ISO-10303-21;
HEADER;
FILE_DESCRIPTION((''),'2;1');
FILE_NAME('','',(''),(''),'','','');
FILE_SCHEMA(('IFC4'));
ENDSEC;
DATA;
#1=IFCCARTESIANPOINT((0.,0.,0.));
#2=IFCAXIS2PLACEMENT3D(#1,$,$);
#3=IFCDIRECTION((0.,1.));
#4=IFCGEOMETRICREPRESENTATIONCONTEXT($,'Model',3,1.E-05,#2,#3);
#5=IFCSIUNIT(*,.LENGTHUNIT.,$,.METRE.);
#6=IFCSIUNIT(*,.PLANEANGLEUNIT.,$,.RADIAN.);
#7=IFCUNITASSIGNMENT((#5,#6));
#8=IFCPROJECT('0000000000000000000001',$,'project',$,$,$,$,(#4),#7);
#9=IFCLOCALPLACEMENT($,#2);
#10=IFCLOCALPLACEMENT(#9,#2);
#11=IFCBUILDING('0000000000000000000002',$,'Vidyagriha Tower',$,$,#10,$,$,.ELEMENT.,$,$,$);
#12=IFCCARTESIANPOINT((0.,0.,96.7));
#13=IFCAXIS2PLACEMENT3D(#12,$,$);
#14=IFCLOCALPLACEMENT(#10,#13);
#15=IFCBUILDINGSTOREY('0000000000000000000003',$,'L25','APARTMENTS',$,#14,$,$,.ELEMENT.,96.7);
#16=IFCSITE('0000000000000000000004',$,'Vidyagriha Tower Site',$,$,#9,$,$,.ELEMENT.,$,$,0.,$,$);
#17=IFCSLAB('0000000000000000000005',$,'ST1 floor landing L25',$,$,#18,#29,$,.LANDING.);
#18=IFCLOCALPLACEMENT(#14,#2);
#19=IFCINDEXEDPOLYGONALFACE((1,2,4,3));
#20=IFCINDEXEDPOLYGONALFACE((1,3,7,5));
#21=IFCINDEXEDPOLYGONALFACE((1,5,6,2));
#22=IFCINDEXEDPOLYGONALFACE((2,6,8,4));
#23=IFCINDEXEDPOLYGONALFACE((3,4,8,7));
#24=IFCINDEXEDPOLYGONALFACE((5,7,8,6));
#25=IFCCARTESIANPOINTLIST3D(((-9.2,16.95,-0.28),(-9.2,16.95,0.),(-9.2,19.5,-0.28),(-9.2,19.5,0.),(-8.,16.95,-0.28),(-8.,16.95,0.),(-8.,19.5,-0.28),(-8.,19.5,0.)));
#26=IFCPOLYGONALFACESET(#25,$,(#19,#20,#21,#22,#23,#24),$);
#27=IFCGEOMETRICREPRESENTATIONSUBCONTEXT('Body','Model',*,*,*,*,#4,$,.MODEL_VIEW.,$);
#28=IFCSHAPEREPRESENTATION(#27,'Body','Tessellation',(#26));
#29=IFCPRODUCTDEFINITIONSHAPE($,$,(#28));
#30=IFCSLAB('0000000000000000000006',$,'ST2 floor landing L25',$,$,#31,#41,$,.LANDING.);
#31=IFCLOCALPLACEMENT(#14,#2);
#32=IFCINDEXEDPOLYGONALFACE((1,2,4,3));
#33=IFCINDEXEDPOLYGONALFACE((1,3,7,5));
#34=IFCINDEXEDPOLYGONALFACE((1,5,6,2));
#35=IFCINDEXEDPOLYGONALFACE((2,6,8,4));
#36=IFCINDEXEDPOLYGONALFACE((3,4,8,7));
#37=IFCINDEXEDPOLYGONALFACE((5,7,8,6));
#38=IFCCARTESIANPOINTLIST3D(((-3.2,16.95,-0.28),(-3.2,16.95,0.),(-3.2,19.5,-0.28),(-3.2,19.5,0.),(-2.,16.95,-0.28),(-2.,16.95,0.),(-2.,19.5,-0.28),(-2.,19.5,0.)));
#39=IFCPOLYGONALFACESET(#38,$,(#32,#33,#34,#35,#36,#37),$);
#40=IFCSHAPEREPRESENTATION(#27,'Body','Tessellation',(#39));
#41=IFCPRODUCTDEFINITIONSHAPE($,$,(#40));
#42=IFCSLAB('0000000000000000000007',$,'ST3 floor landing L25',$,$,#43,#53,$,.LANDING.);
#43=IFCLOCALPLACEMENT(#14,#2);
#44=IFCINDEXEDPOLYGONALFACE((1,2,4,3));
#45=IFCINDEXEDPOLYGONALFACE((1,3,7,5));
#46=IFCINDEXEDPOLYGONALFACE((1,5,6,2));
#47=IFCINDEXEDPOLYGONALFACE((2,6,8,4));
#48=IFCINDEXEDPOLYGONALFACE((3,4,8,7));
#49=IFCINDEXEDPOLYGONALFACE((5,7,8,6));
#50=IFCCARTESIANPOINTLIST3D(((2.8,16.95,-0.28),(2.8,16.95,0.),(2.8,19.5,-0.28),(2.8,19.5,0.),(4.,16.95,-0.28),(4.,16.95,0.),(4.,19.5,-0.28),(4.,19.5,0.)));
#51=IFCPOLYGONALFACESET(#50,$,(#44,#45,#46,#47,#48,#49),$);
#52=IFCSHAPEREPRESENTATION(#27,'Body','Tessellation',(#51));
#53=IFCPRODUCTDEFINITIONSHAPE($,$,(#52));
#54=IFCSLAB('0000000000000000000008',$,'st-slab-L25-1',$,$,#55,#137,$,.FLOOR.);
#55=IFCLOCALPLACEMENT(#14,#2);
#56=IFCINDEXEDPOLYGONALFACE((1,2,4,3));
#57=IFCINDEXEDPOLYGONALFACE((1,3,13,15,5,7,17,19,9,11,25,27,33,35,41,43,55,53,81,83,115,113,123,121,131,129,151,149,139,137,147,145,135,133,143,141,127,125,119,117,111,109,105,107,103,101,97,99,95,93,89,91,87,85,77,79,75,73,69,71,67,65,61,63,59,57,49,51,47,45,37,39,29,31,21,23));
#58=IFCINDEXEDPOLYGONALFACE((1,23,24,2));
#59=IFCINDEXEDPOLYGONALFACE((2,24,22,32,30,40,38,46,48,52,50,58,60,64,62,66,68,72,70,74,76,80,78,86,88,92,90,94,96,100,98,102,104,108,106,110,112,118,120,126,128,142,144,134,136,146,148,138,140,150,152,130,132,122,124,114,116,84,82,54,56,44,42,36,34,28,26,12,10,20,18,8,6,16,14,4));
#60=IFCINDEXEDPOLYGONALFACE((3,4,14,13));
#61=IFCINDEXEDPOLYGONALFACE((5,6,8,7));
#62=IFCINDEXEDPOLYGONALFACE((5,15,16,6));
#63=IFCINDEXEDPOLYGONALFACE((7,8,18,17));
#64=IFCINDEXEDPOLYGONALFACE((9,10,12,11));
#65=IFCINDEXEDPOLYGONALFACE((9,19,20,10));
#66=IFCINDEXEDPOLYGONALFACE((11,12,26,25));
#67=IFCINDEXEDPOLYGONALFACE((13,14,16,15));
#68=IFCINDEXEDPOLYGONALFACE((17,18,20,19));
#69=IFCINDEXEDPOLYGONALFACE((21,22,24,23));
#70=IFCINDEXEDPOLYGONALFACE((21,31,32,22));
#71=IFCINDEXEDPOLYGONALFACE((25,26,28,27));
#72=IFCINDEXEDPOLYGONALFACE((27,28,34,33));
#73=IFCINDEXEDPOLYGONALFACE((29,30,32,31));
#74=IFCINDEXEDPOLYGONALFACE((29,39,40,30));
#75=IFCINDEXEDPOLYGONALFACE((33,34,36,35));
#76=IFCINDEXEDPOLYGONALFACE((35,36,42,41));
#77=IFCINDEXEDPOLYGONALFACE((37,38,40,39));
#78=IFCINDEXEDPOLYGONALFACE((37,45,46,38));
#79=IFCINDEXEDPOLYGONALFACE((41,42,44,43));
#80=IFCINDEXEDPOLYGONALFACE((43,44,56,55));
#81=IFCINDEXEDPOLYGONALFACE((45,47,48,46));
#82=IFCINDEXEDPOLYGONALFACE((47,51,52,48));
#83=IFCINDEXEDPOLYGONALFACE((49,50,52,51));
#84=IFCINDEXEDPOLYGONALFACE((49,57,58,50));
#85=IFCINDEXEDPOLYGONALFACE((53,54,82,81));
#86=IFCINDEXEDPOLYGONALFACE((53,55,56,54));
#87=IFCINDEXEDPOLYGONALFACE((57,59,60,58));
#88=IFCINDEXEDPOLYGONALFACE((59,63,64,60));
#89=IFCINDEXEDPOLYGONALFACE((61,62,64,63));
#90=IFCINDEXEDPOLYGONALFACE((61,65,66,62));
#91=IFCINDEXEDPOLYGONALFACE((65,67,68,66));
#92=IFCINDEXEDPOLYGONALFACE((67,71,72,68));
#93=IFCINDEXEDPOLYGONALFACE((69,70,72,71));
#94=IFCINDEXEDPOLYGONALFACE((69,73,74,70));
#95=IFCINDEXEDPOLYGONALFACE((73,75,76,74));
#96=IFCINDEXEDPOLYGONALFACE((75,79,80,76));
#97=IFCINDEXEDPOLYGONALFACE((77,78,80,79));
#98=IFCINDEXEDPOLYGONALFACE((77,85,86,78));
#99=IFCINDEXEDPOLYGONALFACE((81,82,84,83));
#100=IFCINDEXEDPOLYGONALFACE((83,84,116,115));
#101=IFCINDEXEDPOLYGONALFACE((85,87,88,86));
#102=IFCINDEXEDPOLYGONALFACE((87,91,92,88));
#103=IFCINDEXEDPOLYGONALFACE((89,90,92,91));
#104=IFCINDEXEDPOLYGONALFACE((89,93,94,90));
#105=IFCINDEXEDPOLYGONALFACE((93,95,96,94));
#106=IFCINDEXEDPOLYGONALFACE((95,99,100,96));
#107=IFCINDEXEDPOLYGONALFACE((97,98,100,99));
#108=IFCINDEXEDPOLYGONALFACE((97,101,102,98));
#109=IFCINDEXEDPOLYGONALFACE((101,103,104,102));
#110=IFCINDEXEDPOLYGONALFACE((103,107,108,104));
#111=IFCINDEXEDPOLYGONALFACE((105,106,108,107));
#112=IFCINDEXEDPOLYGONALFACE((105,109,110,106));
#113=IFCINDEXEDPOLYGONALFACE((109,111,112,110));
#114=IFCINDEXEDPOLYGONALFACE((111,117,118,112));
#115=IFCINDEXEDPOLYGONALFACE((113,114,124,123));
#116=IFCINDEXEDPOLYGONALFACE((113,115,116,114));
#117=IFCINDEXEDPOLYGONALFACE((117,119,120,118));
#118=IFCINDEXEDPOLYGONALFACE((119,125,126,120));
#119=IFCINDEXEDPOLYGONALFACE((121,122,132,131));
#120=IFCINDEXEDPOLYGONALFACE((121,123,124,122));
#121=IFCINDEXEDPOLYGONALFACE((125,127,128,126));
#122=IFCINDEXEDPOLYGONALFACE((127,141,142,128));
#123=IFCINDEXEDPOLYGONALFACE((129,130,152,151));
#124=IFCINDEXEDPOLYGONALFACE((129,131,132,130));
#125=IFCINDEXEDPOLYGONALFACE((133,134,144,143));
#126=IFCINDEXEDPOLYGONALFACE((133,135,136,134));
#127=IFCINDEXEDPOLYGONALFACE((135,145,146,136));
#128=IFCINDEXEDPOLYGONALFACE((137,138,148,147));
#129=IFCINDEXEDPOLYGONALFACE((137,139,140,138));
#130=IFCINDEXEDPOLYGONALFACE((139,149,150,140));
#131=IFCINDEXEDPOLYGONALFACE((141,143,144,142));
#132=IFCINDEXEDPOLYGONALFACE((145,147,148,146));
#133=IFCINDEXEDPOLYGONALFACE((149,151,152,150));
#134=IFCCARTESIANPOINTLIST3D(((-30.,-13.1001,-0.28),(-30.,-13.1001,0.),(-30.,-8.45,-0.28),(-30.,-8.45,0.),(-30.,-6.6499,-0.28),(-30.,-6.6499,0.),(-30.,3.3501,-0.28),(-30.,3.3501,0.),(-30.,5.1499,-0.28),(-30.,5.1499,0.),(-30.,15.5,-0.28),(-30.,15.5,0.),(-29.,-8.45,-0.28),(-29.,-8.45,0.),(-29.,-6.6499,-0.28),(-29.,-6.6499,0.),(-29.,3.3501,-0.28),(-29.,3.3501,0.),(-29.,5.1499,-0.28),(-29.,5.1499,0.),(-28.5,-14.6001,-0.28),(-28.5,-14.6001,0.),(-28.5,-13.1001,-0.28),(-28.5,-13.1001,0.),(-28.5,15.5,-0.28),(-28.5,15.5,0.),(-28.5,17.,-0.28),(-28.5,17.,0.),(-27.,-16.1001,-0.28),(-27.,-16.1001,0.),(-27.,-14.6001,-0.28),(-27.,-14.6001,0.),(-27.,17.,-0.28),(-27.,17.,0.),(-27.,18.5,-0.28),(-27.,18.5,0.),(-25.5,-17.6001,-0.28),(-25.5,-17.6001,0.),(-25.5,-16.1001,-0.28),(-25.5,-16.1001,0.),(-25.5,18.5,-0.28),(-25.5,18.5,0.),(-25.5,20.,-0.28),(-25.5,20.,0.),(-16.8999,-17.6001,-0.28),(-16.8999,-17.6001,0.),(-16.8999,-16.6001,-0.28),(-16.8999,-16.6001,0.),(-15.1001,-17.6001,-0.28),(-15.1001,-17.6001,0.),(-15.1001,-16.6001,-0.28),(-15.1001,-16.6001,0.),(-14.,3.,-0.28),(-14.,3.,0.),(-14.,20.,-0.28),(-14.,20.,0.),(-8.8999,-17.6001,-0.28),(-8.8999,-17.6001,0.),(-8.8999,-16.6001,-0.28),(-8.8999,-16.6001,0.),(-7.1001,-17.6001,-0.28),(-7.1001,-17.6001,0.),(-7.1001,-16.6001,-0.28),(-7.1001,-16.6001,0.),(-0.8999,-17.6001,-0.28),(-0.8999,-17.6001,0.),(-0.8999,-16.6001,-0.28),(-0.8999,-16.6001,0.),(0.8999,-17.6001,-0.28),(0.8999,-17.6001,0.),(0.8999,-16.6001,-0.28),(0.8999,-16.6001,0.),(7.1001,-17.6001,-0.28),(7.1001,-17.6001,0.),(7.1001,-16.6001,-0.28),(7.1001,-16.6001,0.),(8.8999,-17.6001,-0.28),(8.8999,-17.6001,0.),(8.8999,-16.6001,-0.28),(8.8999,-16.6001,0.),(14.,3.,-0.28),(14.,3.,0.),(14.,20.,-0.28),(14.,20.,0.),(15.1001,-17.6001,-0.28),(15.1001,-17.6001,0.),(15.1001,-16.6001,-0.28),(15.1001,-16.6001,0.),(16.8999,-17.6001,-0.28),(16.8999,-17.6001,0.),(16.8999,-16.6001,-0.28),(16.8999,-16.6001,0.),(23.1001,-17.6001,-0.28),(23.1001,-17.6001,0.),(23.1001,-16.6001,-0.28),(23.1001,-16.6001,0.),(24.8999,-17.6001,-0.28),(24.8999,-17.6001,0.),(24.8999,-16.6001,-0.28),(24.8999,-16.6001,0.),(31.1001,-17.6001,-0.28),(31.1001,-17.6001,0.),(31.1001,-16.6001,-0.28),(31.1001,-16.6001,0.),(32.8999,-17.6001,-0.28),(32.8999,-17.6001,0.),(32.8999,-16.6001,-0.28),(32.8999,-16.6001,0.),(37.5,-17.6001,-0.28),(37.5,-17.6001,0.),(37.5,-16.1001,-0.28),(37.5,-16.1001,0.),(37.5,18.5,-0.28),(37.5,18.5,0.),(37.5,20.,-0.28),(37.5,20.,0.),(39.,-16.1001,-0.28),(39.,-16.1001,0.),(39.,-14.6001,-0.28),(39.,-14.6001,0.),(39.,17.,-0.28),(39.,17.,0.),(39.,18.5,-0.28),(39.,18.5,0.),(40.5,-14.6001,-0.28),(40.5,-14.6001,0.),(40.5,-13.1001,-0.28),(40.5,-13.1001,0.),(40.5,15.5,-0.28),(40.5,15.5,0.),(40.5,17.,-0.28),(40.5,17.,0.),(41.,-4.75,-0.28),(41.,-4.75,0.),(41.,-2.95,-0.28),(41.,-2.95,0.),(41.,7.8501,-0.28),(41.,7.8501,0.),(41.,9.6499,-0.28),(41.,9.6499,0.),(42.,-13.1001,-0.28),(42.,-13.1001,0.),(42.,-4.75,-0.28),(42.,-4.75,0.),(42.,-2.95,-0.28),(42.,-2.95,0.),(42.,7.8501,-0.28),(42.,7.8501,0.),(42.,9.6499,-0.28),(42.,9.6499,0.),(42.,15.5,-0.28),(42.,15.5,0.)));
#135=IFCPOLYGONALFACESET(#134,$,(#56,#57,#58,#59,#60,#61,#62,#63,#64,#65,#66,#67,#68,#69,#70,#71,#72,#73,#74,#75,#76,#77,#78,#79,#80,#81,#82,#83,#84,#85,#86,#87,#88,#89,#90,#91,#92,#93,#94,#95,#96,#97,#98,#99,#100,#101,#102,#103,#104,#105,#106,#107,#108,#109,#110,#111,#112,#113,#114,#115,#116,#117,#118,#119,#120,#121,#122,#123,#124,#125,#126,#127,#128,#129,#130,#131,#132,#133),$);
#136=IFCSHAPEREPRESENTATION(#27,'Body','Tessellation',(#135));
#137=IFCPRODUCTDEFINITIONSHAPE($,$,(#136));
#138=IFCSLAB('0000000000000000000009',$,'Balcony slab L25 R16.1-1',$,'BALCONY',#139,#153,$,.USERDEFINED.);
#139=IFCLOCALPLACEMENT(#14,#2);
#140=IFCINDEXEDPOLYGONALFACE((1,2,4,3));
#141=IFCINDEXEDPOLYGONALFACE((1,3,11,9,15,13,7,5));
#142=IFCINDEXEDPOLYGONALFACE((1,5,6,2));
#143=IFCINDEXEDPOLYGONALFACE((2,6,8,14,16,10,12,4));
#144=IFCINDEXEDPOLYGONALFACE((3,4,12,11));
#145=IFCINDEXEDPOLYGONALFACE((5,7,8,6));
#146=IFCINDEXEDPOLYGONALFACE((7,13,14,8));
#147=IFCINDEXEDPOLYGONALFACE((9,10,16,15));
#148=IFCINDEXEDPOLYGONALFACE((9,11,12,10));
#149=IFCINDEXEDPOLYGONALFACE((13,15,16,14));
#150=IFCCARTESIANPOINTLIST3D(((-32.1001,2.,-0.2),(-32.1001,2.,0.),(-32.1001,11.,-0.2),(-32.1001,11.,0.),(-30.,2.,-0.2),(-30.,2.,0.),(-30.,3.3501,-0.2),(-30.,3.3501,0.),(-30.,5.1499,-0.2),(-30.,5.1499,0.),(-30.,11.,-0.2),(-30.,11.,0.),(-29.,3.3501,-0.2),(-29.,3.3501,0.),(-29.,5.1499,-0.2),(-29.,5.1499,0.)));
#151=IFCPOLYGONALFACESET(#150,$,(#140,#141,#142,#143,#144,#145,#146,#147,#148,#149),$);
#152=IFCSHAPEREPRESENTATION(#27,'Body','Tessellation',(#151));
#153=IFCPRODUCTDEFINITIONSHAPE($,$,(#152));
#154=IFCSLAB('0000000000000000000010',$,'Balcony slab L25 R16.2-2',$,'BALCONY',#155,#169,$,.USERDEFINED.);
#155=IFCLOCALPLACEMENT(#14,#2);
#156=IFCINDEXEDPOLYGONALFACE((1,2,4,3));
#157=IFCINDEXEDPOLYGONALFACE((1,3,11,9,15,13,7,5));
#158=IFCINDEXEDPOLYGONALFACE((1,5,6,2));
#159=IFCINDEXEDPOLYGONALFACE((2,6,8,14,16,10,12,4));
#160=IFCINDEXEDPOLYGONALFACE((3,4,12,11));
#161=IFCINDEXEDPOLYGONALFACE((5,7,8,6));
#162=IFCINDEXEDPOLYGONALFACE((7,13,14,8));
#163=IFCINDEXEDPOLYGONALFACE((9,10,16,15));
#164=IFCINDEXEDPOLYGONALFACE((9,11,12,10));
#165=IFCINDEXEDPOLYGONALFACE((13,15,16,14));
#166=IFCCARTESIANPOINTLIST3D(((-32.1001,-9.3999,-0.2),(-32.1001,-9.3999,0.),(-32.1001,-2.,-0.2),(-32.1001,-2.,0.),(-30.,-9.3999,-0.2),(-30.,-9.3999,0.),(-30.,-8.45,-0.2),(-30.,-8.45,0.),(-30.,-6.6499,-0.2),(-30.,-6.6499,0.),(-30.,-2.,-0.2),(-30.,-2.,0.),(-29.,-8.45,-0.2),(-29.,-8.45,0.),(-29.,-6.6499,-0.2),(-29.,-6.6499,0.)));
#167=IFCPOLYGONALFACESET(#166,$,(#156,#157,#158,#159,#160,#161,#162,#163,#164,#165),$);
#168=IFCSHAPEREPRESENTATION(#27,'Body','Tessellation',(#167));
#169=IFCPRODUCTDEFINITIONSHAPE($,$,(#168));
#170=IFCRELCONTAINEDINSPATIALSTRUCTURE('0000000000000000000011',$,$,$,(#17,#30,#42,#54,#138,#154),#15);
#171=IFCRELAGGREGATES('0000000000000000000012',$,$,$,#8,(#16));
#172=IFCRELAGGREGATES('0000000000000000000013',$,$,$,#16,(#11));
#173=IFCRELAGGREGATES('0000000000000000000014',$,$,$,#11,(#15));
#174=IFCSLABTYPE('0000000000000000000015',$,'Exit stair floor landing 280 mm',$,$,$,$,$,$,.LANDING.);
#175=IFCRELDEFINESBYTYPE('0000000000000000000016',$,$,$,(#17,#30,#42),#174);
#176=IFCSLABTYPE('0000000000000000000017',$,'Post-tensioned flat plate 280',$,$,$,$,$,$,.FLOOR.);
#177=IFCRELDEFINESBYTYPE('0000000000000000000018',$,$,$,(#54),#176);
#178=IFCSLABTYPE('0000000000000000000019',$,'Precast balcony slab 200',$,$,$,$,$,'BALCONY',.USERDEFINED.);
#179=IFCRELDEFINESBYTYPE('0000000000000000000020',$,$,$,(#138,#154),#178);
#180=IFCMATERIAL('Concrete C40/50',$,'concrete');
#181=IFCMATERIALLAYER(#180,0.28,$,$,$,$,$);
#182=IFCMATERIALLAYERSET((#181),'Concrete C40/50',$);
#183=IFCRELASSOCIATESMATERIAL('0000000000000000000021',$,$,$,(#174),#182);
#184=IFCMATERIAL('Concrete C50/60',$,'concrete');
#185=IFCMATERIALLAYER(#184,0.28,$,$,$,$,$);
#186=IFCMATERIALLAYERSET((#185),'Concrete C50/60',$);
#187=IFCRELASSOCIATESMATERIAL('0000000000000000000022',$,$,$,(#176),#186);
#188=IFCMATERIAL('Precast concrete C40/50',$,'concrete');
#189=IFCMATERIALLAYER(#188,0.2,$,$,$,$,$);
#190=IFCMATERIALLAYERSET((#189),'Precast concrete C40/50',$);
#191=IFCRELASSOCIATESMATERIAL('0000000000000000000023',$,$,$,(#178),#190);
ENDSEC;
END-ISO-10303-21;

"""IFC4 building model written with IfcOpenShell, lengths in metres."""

from ifc_helpers import new_model, si_unit, direction, frame, origin, place, context, subcontext, project, spatial, polyline, outline, extrude, material, layer, layer_set, type_object, element, save


model = new_model("IFC4")

# Units and contexts
model_context = context("Model", 3, precision=1e-05, world=origin(), true_north=direction((0.0, 1.0)))
body_context = subcontext(model_context, "Body", "Model", "MODEL_VIEW")
ifc_project = project(units=[si_unit("LENGTHUNIT", "METRE"), si_unit("PLANEANGLEUNIT", "RADIAN")], contexts=[model_context])

# Site, building, storey
site_placement = place(None, origin())
site = spatial("IfcSite", under=ifc_project, at=site_placement, Name="Vidyagriha Tower Site", CompositionType="ELEMENT", RefElevation=0.0)
building_placement = place(site_placement, origin())
building = spatial("IfcBuilding", under=site, at=building_placement, Name="Vidyagriha Tower", CompositionType="ELEMENT")
storey_placement = place(building_placement, frame((0.0, 0.0, 96.7)))
storey = spatial("IfcBuildingStorey", under=building, at=storey_placement, Name="L25", Description="APARTMENTS", CompositionType="ELEMENT", Elevation=96.7)

# Slabs
ifc_material_1 = material(Name="Concrete C40/50", Category="concrete")
ifc_layer_1 = layer(ifc_material_1, 0.28)
ifc_layer_set_1 = layer_set([ifc_layer_1], Name="Concrete C40/50")
slab_type_1 = type_object("IfcSlabType", Name="Exit stair floor landing 280 mm", PredefinedType="LANDING", material=ifc_layer_set_1)
slab_1_placement = place(storey_placement, frame((0.0, 0.0, -0.28)))
element("IfcSlab", 1, at=slab_1_placement, inside=storey, type_object=slab_type_1, Name="ST1 floor landing L25", PredefinedType="LANDING", context=body_context, shape_type="SweptSolid", body=[
    extrude(outline(polyline([(-9.2, 16.95), (-8.0, 16.95), (-8.0, 19.5), (-9.2, 19.5), (-9.2, 16.95)])), origin(), (0.0, 0.0, 1.0), 0.28),
])
slab_2_placement = place(storey_placement, frame((0.0, 0.0, -0.28)))
element("IfcSlab", 2, at=slab_2_placement, inside=storey, type_object=slab_type_1, Name="ST2 floor landing L25", PredefinedType="LANDING", context=body_context, shape_type="SweptSolid", body=[
    extrude(outline(polyline([(-3.2, 16.95), (-2.0, 16.95), (-2.0, 19.5), (-3.2, 19.5), (-3.2, 16.95)])), origin(), (0.0, 0.0, 1.0), 0.28),
])
slab_3_placement = place(storey_placement, frame((0.0, 0.0, -0.28)))
element("IfcSlab", 3, at=slab_3_placement, inside=storey, type_object=slab_type_1, Name="ST3 floor landing L25", PredefinedType="LANDING", context=body_context, shape_type="SweptSolid", body=[
    extrude(outline(polyline([(2.8, 16.95), (4.0, 16.95), (4.0, 19.5), (2.8, 19.5), (2.8, 16.95)])), origin(), (0.0, 0.0, 1.0), 0.28),
])
ifc_material_2 = material(Name="Concrete C50/60", Category="concrete")
ifc_layer_2 = layer(ifc_material_2, 0.28)
ifc_layer_set_2 = layer_set([ifc_layer_2], Name="Concrete C50/60")
slab_type_2 = type_object("IfcSlabType", Name="Post-tensioned flat plate 280", PredefinedType="FLOOR", material=ifc_layer_set_2)
slab_4_placement = place(storey_placement, frame((0.0, 0.0, -0.28)))
element("IfcSlab", 4, at=slab_4_placement, inside=storey, type_object=slab_type_2, Name="st-slab-L25-1", PredefinedType="FLOOR", context=body_context, shape_type="SweptSolid", body=[
    extrude(outline(polyline([(40.5, -14.6001), (39.0, -14.6001), (39.0, -16.1001), (37.5, -16.1001), (37.5, -17.6001), (32.8999, -17.6001), (32.8999, -16.6001), (31.1001, -16.6001), (31.1001, -17.6001), (24.8999, -17.6001), (24.8999, -16.6001), (23.1001, -16.6001), (23.1001, -17.6001), (16.8999, -17.6001), (16.8999, -16.6001), (15.1001, -16.6001), (15.1001, -17.6001), (8.8999, -17.6001), (8.8999, -16.6001), (7.1001, -16.6001), (7.1001, -17.6001), (0.8999, -17.6001), (0.8999, -16.6001), (-0.8999, -16.6001), (-0.8999, -17.6001), (-7.1001, -17.6001), (-7.1001, -16.6001), (-8.8999, -16.6001), (-8.8999, -17.6001), (-15.1001, -17.6001), (-15.1001, -16.6001), (-16.8999, -16.6001), (-16.8999, -17.6001), (-25.5, -17.6001), (-25.5, -16.1001), (-27.0, -16.1001), (-27.0, -14.6001), (-28.5, -14.6001), (-28.5, -13.1001), (-30.0, -13.1001), (-30.0, -8.45), (-29.0, -8.45), (-29.0, -6.6499), (-30.0, -6.6499), (-30.0, 3.3501), (-29.0, 3.3501), (-29.0, 5.1499), (-30.0, 5.1499), (-30.0, 15.5), (-28.5, 15.5), (-28.5, 17.0), (-27.0, 17.0), (-27.0, 18.5), (-25.5, 18.5), (-25.5, 20.0), (-14.0, 20.0), (-14.0, 3.0), (14.0, 3.0), (14.0, 20.0), (37.5, 20.0), (37.5, 18.5), (39.0, 18.5), (39.0, 17.0), (40.5, 17.0), (40.5, 15.5), (42.0, 15.5), (42.0, 9.6499), (41.0, 9.6499), (41.0, 7.8501), (42.0, 7.8501), (42.0, -2.95), (41.0, -2.95), (41.0, -4.75), (42.0, -4.75), (42.0, -13.1001), (40.5, -13.1001), (40.5, -14.6001)])), origin(), (0.0, 0.0, 1.0), 0.28),
])
ifc_material_3 = material(Name="Precast concrete C40/50", Category="concrete")
ifc_layer_3 = layer(ifc_material_3, 0.2)
ifc_layer_set_3 = layer_set([ifc_layer_3], Name="Precast concrete C40/50")
slab_type_3 = type_object("IfcSlabType", Name="Precast balcony slab 200", ElementType="BALCONY", PredefinedType="USERDEFINED", material=ifc_layer_set_3)
slab_5_placement = place(storey_placement, frame((0.0, 0.0, -0.2)))
element("IfcSlab", 5, at=slab_5_placement, inside=storey, type_object=slab_type_3, Name="Balcony slab L25 R16.1-1", ObjectType="BALCONY", PredefinedType="USERDEFINED", context=body_context, shape_type="SweptSolid", body=[
    extrude(outline(polyline([(-29.0, 3.3501), (-29.0, 5.1499), (-30.0, 5.1499), (-30.0, 11.0), (-32.1001, 11.0), (-32.1001, 2.0), (-30.0, 2.0), (-30.0, 3.3501), (-29.0, 3.3501)])), origin(), (0.0, 0.0, 1.0), 0.2),
])
slab_6_placement = place(storey_placement, frame((0.0, 0.0, -0.2)))
element("IfcSlab", 6, at=slab_6_placement, inside=storey, type_object=slab_type_3, Name="Balcony slab L25 R16.2-2", ObjectType="BALCONY", PredefinedType="USERDEFINED", context=body_context, shape_type="SweptSolid", body=[
    extrude(outline(polyline([(-29.0, -8.45), (-29.0, -6.6499), (-30.0, -6.6499), (-30.0, -2.0), (-32.1001, -2.0), (-32.1001, -9.3999), (-30.0, -9.3999), (-30.0, -8.45), (-29.0, -8.45)])), origin(), (0.0, 0.0, 1.0), 0.2),
])

save(model, "model.ifc")
